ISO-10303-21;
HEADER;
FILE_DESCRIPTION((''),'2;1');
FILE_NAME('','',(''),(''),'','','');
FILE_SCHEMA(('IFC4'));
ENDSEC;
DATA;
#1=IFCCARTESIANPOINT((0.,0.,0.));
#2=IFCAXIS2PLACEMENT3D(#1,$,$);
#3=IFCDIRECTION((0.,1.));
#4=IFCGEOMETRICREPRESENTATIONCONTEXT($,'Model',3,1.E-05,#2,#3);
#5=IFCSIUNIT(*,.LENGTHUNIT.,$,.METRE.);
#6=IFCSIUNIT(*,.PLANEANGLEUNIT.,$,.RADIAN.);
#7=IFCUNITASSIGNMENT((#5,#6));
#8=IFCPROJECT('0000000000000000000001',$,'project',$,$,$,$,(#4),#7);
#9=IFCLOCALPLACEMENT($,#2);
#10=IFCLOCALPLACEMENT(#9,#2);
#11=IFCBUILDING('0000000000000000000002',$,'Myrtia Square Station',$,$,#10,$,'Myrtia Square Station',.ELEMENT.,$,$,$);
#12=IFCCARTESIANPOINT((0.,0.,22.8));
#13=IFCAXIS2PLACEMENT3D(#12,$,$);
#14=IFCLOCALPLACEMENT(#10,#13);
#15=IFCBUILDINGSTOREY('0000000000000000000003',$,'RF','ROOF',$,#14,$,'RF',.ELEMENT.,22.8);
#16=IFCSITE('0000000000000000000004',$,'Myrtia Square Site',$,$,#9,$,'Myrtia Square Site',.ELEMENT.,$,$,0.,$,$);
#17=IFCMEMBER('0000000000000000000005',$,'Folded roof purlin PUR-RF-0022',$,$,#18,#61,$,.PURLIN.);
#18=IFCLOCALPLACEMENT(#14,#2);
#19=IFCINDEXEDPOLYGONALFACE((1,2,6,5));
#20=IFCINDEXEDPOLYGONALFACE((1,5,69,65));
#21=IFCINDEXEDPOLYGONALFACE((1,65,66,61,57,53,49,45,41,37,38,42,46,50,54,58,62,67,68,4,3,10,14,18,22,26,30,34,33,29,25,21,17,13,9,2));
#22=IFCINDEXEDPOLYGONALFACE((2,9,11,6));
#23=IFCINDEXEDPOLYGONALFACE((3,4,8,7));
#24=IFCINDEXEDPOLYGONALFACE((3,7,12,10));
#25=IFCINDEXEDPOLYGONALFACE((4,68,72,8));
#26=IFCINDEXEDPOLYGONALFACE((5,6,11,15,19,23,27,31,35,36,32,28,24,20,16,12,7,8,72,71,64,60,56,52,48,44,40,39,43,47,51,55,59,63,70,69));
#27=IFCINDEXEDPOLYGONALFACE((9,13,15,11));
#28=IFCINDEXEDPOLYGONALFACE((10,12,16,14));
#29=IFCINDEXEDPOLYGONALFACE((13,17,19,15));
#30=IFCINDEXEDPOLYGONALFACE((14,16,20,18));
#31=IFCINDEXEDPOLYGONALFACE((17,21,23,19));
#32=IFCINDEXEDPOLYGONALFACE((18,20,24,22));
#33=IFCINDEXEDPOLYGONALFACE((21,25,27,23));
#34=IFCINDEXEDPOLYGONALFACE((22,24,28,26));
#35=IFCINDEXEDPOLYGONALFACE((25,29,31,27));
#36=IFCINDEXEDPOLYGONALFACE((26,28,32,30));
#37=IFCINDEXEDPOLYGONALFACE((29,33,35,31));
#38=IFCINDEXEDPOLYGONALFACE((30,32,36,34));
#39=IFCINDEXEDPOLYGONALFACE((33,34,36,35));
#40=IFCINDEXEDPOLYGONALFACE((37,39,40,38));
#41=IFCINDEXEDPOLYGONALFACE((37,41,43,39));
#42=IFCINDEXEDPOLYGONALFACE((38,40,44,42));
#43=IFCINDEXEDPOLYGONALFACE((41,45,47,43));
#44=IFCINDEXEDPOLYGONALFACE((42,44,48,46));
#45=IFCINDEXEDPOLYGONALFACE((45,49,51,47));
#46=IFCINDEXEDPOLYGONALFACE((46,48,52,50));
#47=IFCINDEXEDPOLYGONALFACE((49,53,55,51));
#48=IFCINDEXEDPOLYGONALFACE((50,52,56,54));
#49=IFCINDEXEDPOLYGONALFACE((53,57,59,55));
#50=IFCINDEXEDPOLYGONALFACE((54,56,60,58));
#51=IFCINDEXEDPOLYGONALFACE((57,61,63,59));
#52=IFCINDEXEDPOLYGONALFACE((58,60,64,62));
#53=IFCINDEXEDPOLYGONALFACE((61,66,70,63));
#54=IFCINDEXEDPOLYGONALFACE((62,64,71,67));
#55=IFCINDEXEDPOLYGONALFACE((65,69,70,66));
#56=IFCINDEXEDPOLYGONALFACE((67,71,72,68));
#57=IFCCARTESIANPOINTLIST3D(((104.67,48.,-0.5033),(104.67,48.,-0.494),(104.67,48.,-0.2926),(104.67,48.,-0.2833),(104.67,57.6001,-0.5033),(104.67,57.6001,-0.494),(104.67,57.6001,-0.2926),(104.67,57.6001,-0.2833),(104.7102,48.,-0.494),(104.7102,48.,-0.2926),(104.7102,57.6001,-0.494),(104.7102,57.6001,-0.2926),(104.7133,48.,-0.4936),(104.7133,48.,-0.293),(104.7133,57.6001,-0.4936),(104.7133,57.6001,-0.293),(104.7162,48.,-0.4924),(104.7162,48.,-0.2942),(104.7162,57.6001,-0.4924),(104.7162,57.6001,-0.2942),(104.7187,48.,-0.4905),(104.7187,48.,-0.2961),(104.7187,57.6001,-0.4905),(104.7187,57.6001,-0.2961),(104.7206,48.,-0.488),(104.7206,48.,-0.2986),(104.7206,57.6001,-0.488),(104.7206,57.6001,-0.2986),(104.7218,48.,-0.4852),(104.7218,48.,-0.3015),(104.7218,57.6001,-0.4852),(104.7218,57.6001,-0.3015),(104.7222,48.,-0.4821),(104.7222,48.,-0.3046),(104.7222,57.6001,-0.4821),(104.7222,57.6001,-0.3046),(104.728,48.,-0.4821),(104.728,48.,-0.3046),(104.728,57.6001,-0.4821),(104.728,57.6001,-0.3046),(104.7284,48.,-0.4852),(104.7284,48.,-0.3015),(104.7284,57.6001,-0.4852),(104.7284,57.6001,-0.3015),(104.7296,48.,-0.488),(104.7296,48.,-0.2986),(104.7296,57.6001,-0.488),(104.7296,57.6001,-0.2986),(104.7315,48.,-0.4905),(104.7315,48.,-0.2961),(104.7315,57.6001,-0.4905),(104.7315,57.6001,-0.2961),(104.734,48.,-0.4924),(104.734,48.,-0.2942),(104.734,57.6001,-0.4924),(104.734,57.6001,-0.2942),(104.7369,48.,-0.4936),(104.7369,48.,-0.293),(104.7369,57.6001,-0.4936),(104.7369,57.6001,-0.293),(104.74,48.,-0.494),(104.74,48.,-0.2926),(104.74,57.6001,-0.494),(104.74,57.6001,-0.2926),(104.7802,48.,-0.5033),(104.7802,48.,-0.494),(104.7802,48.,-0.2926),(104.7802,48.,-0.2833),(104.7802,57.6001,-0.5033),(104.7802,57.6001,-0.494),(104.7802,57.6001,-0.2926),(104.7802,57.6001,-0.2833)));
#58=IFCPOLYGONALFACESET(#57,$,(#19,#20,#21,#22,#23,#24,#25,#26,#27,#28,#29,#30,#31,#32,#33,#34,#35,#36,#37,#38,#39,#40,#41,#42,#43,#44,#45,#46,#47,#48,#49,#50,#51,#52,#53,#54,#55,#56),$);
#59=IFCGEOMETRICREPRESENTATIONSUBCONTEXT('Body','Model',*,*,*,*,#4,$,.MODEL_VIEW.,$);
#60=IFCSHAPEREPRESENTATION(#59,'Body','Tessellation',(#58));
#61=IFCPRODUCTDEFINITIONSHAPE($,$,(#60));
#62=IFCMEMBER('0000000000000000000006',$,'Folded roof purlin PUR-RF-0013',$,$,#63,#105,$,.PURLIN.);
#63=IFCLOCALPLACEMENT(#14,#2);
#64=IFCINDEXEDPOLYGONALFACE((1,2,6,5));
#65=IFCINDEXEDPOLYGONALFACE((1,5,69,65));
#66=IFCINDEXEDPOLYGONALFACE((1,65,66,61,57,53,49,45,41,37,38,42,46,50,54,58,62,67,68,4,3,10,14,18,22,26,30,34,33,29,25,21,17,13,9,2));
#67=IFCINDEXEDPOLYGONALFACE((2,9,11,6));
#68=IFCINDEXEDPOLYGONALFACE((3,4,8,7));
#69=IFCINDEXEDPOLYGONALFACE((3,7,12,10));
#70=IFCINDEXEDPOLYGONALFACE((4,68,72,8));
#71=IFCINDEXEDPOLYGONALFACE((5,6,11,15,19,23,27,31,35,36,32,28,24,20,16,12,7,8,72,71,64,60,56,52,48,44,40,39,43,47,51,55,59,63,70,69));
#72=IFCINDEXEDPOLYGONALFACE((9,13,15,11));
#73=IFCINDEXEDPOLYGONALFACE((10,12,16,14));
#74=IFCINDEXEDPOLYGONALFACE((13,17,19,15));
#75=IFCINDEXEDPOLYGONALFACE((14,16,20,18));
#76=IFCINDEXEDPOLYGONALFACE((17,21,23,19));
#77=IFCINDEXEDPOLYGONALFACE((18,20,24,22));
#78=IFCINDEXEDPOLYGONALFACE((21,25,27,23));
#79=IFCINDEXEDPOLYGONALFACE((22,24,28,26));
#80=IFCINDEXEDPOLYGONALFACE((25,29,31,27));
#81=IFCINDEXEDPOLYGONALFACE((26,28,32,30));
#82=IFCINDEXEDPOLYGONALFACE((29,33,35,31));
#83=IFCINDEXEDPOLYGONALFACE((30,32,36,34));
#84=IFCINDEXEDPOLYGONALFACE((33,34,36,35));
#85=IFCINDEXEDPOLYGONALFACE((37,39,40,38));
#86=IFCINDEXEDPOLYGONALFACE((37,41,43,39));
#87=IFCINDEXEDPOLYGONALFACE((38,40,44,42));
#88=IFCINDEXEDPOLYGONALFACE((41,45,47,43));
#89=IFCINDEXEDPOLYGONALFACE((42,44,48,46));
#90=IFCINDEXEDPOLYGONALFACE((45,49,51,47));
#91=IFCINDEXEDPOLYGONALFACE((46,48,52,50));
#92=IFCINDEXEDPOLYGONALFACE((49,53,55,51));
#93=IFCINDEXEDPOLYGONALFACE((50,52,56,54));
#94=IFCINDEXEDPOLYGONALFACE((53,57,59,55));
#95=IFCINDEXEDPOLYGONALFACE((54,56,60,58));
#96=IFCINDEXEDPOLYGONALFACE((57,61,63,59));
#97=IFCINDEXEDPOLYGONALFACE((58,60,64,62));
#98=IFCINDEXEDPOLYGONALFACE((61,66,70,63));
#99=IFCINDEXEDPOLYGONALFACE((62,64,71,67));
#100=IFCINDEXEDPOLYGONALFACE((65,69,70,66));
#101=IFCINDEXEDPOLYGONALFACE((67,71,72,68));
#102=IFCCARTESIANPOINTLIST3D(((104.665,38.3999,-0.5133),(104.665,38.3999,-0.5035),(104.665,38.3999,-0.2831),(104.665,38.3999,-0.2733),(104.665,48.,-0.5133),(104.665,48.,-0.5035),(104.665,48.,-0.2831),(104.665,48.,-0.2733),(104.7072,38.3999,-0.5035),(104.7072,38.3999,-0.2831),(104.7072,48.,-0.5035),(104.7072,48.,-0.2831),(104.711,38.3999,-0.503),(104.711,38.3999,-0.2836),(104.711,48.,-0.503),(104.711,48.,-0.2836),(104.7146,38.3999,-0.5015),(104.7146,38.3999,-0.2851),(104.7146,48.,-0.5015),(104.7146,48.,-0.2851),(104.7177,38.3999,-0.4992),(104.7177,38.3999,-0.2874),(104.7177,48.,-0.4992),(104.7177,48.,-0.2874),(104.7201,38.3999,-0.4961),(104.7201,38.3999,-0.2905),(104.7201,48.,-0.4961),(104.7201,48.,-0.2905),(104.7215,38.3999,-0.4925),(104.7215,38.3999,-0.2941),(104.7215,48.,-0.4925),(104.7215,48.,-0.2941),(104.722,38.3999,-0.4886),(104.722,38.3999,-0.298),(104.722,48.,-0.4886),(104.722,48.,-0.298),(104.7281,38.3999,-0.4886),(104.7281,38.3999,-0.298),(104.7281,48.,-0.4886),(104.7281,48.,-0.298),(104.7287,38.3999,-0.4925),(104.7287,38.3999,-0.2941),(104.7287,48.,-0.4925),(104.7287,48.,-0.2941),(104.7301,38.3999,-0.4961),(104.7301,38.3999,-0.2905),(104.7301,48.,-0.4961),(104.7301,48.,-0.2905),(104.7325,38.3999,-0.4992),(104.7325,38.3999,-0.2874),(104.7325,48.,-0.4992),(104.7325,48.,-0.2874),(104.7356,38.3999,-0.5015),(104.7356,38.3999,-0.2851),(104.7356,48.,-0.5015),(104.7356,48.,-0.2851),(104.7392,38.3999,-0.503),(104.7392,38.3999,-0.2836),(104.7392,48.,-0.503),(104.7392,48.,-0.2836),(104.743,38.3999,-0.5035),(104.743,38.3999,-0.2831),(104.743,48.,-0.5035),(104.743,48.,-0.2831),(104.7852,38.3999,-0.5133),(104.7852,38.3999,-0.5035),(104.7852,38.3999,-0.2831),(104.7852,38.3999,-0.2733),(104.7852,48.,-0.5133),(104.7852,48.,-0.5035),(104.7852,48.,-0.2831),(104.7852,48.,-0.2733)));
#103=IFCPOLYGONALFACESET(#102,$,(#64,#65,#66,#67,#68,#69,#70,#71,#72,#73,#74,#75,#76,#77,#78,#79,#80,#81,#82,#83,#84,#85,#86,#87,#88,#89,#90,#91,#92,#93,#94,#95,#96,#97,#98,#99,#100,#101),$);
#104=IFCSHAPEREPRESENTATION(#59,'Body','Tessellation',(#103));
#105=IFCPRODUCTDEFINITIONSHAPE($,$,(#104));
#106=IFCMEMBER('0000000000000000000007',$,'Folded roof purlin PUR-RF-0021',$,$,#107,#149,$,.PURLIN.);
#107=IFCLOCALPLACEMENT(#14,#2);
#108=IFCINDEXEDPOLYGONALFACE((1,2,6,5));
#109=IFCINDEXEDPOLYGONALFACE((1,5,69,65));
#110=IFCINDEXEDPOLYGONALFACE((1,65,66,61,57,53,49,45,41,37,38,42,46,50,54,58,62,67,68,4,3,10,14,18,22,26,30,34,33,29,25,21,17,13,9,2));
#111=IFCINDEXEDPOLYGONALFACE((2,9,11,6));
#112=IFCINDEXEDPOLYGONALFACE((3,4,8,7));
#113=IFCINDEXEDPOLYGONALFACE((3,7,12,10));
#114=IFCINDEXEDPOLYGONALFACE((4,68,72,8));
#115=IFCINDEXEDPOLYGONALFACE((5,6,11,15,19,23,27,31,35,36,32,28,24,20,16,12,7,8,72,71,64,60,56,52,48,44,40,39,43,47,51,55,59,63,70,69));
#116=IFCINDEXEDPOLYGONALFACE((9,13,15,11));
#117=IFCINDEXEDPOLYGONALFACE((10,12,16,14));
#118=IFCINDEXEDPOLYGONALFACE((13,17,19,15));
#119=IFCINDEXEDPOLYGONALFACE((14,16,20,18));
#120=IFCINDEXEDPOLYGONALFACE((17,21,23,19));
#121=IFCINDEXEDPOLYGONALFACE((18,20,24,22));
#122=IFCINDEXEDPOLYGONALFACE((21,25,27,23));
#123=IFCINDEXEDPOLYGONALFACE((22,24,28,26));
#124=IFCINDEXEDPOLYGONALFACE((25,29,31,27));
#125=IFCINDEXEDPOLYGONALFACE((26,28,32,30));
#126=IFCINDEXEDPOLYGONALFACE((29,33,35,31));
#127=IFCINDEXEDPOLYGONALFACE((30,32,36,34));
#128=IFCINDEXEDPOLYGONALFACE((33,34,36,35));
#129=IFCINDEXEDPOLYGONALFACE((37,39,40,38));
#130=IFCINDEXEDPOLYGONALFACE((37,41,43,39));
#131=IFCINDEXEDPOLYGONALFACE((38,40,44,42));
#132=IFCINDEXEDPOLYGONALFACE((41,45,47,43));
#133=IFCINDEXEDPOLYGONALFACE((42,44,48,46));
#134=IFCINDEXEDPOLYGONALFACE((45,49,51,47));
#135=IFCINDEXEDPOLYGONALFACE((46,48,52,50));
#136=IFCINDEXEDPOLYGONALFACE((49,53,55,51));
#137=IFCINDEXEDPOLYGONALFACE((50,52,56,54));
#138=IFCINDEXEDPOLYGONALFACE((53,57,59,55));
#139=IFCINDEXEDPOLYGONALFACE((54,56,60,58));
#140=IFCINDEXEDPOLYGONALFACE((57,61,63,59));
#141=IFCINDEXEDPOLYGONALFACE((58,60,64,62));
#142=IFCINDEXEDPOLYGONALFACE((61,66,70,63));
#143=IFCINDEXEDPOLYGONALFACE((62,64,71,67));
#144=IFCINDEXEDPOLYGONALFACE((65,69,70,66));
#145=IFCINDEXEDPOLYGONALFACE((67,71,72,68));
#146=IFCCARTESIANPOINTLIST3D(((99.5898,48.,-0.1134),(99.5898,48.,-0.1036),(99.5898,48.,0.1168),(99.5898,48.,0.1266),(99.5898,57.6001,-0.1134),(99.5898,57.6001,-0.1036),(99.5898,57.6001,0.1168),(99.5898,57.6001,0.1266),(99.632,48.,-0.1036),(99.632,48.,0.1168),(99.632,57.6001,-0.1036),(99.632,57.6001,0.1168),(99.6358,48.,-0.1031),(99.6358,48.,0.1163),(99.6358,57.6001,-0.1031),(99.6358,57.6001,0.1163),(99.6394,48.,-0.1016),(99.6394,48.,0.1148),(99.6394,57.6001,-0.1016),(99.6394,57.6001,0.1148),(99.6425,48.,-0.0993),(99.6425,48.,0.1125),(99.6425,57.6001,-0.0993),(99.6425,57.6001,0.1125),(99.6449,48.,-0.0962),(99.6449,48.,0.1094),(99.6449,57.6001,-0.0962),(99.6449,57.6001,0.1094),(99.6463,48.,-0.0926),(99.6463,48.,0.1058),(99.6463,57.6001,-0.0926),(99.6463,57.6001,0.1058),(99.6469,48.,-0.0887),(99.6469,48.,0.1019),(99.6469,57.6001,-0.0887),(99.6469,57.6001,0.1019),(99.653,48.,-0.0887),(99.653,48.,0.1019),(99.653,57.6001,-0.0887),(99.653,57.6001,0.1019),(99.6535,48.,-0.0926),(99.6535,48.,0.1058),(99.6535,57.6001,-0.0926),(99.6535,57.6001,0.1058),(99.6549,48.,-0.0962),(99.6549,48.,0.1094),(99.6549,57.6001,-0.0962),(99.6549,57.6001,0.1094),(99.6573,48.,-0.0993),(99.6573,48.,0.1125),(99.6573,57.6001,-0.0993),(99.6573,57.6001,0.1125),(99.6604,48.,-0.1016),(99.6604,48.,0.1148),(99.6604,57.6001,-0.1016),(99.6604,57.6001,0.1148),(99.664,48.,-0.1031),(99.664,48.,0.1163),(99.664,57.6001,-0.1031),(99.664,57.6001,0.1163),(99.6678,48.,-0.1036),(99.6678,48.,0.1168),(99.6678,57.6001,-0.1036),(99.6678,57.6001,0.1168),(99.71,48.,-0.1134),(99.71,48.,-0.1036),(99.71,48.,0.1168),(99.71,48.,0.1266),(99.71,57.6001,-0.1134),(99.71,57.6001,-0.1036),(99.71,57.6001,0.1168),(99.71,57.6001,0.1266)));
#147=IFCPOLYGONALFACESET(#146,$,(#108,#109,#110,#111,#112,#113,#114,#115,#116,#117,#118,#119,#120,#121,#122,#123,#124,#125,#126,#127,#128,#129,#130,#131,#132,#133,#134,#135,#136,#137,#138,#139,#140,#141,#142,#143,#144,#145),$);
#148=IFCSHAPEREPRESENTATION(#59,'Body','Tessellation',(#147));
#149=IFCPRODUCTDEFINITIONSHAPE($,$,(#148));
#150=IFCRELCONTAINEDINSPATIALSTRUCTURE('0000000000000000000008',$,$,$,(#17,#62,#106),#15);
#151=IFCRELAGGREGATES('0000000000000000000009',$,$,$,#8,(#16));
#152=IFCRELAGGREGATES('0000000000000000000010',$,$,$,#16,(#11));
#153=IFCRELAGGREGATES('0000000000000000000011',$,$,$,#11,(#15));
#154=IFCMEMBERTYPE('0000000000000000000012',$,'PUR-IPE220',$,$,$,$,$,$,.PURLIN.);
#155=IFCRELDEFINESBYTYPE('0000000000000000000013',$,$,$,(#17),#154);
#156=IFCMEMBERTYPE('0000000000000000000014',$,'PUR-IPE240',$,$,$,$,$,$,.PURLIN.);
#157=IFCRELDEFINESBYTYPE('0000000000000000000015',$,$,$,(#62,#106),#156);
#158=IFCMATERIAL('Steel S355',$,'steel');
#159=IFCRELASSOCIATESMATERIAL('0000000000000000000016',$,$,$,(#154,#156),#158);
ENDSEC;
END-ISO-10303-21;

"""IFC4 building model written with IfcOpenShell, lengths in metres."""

from ifc_helpers import new_model, si_unit, direction, frame, origin, origin_2d, place, context, subcontext, project, spatial, i_section, extrude, material, material_profile, profile_set, type_object, element, save


model = new_model("IFC4")

# Units and contexts
model_context = context("Model", 3, precision=1e-05, world=origin(), true_north=direction((0.0, 1.0)))
body_context = subcontext(model_context, "Body", "Model", "MODEL_VIEW")
ifc_project = project(units=[si_unit("LENGTHUNIT", "METRE"), si_unit("PLANEANGLEUNIT", "RADIAN")], contexts=[model_context])

# Site, building, storey
site_placement = place(None, origin())
site = spatial("IfcSite", under=ifc_project, at=site_placement, Name="Myrtia Square Site", LongName="Myrtia Square Site", CompositionType="ELEMENT", RefElevation=0.0)
building_placement = place(site_placement, origin())
building = spatial("IfcBuilding", under=site, at=building_placement, Name="Myrtia Square Station", LongName="Myrtia Square Station", CompositionType="ELEMENT")
storey_placement = place(building_placement, frame((0.0, 0.0, 22.8)))
storey = spatial("IfcBuildingStorey", under=building, at=storey_placement, Name="RF", Description="ROOF", LongName="RF", CompositionType="ELEMENT", Elevation=22.8)

# Members
ifc_material_1 = material(Name="Steel S355", Category="steel")
ifc_material_profile_1 = material_profile(ifc_material_1, i_section(OverallWidth=0.1101, OverallDepth=0.22, WebThickness=0.0059, FlangeThickness=0.0093, FilletRadius=0.012, at=origin_2d()), Name="IPE 220")
ifc_profile_set_1 = profile_set([ifc_material_profile_1], Name="Steel S355")
member_type_1 = type_object("IfcMemberType", Name="PUR-IPE220", PredefinedType="PURLIN", material=ifc_profile_set_1)
member_1_placement = place(storey_placement, frame((104.7251, 48.0, -0.3933), z_axis=(0.0, 1.0, 0.0), x_axis=(-1.0, 0.0, 0.0)))
element("IfcMember", 1, at=member_1_placement, inside=storey, type_object=member_type_1, Name="Folded roof purlin PUR-RF-0022", PredefinedType="PURLIN", context=body_context, shape_type="SweptSolid", body=[
    extrude(i_section(OverallWidth=0.1101, OverallDepth=0.22, WebThickness=0.0059, FlangeThickness=0.0093, FilletRadius=0.012, at=origin_2d()), origin(), (0.0, 0.0, 1.0), 9.6001),
])
ifc_material_profile_2 = material_profile(ifc_material_1, i_section(OverallWidth=0.1201, OverallDepth=0.24, WebThickness=0.0061, FlangeThickness=0.0098, FilletRadius=0.0149, at=origin_2d()), Name="IPE 240")
ifc_profile_set_2 = profile_set([ifc_material_profile_2], Name="Steel S355")
member_type_2 = type_object("IfcMemberType", Name="PUR-IPE240", PredefinedType="PURLIN", material=ifc_profile_set_2)
for number, where, z_axis, x_axis, name in (
    (2, (104.7251, 38.3999, -0.3933), (0.0, 1.0, 0.0), (-1.0, 0.0, 0.0), "Folded roof purlin PUR-RF-0013"),
    (3, (99.6499, 48.0, 0.0066), (0.0, 1.0, 0.0), (-1.0, 0.0, 0.0), "Folded roof purlin PUR-RF-0021"),
):
    element("IfcMember", number, at=place(storey_placement, frame(where, z_axis=z_axis, x_axis=x_axis)), inside=storey, type_object=member_type_2, Name=name, PredefinedType="PURLIN", context=body_context, shape_type="SweptSolid", body=[
        extrude(i_section(OverallWidth=0.1201, OverallDepth=0.24, WebThickness=0.0061, FlangeThickness=0.0098, FilletRadius=0.0149, at=origin_2d()), origin(), (0.0, 0.0, 1.0), 9.6001),
    ])

save(model, "model.ifc")
